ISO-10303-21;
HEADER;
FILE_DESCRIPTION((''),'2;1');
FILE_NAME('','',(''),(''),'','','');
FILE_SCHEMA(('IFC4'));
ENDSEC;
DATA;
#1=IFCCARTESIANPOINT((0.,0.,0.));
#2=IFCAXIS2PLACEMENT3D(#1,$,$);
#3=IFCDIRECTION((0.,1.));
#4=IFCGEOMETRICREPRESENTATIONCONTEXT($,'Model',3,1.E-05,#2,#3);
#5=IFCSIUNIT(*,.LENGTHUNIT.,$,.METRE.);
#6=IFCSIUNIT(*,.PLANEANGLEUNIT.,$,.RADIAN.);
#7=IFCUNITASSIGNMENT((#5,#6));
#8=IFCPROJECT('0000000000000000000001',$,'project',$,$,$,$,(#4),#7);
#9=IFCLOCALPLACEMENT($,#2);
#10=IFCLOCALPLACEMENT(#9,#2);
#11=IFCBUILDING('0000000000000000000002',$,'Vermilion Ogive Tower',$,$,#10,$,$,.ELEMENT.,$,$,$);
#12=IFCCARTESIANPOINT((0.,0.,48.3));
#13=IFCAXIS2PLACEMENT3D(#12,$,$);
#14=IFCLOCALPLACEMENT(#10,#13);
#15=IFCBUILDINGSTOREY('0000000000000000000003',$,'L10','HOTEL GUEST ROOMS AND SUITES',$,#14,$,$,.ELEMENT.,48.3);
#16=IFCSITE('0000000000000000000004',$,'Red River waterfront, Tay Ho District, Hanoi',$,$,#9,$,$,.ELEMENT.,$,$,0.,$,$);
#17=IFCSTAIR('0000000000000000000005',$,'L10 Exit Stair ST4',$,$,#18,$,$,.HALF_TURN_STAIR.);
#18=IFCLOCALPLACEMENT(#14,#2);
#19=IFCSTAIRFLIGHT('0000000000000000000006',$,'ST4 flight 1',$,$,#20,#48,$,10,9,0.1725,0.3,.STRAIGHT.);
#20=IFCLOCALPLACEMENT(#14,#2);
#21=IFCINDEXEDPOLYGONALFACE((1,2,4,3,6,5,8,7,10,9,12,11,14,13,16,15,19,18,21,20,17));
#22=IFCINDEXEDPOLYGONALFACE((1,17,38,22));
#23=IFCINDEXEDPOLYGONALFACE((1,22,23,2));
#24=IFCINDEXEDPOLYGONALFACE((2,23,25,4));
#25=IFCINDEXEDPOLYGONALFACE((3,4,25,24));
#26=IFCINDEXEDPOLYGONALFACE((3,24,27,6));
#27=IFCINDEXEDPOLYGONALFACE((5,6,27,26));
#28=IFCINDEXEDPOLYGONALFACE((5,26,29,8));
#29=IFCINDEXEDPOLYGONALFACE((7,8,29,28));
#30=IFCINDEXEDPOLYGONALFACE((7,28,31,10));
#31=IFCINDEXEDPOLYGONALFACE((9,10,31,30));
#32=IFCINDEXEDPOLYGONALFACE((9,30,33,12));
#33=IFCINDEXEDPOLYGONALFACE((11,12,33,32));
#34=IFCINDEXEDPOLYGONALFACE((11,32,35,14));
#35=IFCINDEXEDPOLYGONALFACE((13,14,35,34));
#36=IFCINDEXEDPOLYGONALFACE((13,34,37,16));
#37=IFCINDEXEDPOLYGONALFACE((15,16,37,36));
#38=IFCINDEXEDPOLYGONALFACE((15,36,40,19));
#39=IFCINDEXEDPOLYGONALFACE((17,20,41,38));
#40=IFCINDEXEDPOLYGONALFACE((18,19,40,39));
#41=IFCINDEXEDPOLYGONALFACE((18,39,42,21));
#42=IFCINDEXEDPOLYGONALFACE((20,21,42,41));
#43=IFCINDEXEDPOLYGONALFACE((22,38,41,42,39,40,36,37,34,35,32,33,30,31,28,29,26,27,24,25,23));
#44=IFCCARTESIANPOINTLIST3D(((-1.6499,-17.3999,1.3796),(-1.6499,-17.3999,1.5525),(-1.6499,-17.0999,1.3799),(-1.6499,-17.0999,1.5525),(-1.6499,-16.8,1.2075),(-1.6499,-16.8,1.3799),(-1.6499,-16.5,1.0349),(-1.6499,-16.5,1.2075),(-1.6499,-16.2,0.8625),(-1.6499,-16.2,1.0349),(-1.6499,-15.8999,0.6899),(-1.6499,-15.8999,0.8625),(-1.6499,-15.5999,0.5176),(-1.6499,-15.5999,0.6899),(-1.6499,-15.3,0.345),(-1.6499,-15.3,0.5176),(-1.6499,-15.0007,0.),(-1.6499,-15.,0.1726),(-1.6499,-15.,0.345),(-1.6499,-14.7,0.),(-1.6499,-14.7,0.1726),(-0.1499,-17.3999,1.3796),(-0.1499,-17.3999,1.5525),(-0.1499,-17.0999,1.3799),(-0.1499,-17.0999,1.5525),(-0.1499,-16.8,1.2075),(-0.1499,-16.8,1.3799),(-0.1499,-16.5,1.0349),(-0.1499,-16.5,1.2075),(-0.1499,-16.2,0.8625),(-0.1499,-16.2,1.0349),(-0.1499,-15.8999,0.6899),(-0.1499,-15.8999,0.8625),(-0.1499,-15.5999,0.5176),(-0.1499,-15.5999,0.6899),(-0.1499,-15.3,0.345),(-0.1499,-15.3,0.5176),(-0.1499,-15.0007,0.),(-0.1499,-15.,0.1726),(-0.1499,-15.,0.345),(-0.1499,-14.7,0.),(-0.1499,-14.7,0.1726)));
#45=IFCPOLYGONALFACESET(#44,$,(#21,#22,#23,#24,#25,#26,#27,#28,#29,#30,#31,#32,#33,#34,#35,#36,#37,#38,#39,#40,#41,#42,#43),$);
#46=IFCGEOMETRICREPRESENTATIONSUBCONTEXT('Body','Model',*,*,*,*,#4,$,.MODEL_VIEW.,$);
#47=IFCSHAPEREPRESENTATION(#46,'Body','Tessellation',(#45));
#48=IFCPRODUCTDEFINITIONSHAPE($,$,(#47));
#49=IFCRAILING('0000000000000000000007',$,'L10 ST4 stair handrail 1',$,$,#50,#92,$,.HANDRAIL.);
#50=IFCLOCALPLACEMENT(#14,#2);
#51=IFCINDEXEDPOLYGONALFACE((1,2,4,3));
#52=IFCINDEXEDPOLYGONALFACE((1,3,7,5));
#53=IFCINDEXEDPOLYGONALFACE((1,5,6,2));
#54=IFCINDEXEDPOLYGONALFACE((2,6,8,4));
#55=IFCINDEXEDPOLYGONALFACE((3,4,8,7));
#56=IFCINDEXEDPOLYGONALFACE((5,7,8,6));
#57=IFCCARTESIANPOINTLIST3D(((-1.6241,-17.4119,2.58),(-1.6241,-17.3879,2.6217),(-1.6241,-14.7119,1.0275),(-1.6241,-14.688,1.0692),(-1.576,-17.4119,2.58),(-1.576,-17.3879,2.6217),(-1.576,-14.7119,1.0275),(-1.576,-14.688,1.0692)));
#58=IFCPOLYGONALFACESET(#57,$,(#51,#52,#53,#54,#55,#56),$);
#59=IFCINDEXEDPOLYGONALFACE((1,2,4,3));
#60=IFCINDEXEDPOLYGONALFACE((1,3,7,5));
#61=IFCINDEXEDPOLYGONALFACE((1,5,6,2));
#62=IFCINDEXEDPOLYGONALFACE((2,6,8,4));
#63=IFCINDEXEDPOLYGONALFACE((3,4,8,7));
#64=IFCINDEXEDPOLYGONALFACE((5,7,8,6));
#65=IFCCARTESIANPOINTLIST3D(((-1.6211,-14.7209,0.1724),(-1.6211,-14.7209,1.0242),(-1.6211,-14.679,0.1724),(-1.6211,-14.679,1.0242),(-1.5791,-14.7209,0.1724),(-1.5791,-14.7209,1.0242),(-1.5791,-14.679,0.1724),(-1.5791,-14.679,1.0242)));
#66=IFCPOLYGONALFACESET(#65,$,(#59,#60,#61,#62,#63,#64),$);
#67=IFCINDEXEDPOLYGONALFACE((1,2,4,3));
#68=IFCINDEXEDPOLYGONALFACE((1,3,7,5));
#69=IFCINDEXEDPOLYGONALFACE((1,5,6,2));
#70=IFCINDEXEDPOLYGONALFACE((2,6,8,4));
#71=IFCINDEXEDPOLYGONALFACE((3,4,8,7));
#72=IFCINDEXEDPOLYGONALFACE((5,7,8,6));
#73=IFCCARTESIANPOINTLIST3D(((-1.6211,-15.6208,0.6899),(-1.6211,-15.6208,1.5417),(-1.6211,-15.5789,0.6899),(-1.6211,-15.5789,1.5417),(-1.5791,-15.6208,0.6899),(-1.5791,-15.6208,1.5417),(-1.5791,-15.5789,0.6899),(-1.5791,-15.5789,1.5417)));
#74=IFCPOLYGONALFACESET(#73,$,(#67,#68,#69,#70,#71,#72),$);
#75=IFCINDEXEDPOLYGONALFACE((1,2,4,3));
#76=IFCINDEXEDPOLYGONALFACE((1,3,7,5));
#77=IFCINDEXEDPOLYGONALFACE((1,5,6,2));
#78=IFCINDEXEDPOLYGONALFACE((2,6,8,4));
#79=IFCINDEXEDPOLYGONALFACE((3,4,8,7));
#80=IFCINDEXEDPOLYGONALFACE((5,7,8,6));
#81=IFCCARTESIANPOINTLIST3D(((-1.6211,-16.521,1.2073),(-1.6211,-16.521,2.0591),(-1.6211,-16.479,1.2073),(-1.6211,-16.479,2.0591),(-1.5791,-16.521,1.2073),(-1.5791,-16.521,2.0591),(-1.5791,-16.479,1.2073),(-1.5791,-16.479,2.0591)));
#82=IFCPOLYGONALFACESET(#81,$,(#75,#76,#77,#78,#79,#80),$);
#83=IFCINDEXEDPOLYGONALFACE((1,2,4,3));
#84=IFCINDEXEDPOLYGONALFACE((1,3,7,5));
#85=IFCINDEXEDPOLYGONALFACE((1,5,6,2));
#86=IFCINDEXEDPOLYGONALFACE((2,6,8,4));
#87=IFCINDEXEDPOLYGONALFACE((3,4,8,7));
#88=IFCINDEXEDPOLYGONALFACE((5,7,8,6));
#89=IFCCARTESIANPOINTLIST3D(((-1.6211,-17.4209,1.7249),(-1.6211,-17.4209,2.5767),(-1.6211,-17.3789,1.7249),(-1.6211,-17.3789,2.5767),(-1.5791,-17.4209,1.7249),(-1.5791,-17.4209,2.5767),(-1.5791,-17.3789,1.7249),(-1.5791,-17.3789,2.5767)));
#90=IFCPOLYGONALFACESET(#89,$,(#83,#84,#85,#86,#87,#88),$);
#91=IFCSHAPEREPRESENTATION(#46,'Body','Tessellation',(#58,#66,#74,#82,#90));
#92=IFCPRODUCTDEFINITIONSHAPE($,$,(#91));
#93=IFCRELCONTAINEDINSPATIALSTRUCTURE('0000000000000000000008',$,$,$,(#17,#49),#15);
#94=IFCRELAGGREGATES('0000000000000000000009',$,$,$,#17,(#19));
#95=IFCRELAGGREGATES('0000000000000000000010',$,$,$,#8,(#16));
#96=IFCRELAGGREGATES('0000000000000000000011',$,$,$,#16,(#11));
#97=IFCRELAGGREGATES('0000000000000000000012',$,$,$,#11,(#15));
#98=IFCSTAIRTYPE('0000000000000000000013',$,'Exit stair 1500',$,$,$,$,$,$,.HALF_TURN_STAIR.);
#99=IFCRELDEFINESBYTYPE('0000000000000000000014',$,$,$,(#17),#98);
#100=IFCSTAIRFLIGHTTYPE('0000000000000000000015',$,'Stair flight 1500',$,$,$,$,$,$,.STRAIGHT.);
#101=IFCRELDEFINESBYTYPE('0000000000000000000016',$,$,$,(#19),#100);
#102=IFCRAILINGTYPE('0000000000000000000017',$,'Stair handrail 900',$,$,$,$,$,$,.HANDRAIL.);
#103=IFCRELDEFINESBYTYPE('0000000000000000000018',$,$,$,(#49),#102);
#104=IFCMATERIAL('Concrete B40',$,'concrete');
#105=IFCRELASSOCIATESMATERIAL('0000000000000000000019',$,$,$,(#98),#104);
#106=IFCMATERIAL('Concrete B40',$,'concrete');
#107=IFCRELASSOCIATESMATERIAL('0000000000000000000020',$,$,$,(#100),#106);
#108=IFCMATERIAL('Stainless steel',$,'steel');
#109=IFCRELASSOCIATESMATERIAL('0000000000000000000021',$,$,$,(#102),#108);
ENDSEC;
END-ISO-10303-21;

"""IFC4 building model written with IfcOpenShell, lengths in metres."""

from ifc_helpers import new_model, si_unit, direction, frame, origin, origin_2d, place, context, subcontext, project, spatial, polyline, rectangle, outline, extrude, material, type_object, element, aggregate, save


model = new_model("IFC4")

# Units and contexts
model_context = context("Model", 3, precision=1e-05, world=origin(), true_north=direction((0.0, 1.0)))
body_context = subcontext(model_context, "Body", "Model", "MODEL_VIEW")
ifc_project = project(units=[si_unit("LENGTHUNIT", "METRE"), si_unit("PLANEANGLEUNIT", "RADIAN")], contexts=[model_context])

# Site, building, storey
site_placement = place(None, origin())
site = spatial("IfcSite", under=ifc_project, at=site_placement, Name="Red River waterfront, Tay Ho District, Hanoi", CompositionType="ELEMENT", RefElevation=0.0)
building_placement = place(site_placement, origin())
building = spatial("IfcBuilding", under=site, at=building_placement, Name="Vermilion Ogive Tower", CompositionType="ELEMENT")
storey_placement = place(building_placement, frame((0.0, 0.0, 48.3)))
storey = spatial("IfcBuildingStorey", under=building, at=storey_placement, Name="L10", Description="HOTEL GUEST ROOMS AND SUITES", CompositionType="ELEMENT", Elevation=48.3)

# Stair, stair flight
ifc_material_1 = material(Name="Concrete B40", Category="concrete")
stair_type = type_object("IfcStairType", Name="Exit stair 1500", PredefinedType="HALF_TURN_STAIR", material=ifc_material_1)
stair_placement = place(storey_placement, origin())
stair = element("IfcStair", 1, at=stair_placement, inside=storey, type_object=stair_type, Name="L10 Exit Stair ST4", PredefinedType="HALF_TURN_STAIR")
ifc_material_2 = material(Name="Concrete B40", Category="concrete")
stair_flight_type = type_object("IfcStairFlightType", Name="Stair flight 1500", PredefinedType="STRAIGHT", material=ifc_material_2)
stair_flight_placement = place(storey_placement, frame((-0.8999, -14.7, 0.0), z_axis=(0.0, 0.0, 1.0), x_axis=(0.0, -1.0, 0.0)))
stair_flight = element("IfcStairFlight", 2, at=stair_flight_placement, type_object=stair_flight_type, Name="ST4 flight 1", NumberOfRisers=10, NumberOfTreads=9, PredefinedType="STRAIGHT", RiserHeight=0.1725, TreadLength=0.3, context=body_context, shape_type="SweptSolid", body=[
    extrude(outline(polyline([(0.0, 0.0), (0.0, 0.1726), (0.3, 0.1726), (0.3, 0.345), (0.6001, 0.345), (0.6001, 0.5176), (0.8999, 0.5176), (0.8999, 0.6899), (1.2, 0.6899), (1.2, 0.8625), (1.5, 0.8625), (1.5, 1.0349), (1.8, 1.0349), (1.8, 1.2075), (2.1001, 1.2075), (2.1001, 1.3799), (2.3999, 1.3799), (2.3999, 1.5525), (2.7, 1.5525), (2.7, 1.7251), (2.7, 1.3796), (0.3008, 0.0), (0.0, 0.0)])), frame((0.0, 0.75, 0.0), z_axis=(0.0, -1.0, 0.0), x_axis=(1.0, 0.0, 0.0)), (0.0, 0.0, 1.0), 1.5),
])
aggregate(stair, [stair_flight])

# Railing
ifc_material_3 = material(Name="Stainless steel", Category="steel")
railing_type = type_object("IfcRailingType", Name="Stair handrail 900", PredefinedType="HANDRAIL", material=ifc_material_3)
railing_placement = place(storey_placement, frame((-1.6001, -14.7, 0.1724)))
element("IfcRailing", 3, at=railing_placement, inside=storey, type_object=railing_type, Name="L10 ST4 stair handrail 1", PredefinedType="HANDRAIL", context=body_context, shape_type="SweptSolid", body=[
    extrude(rectangle(XDim=0.0481, YDim=0.0481, at=origin_2d()), frame((0.0, 0.0, 0.876), z_axis=(0.0, -0.866904, 0.498476), x_axis=(1.0, 0.0, 0.0)), (0.0, 0.0, 1.0), 3.1145),
    extrude(rectangle(XDim=0.042, YDim=0.042, at=origin_2d()), origin(), (0.0, 0.0, 1.0), 0.8518),
    extrude(rectangle(XDim=0.042, YDim=0.042, at=origin_2d()), frame((0.0, -0.8999, 0.5176)), (0.0, 0.0, 1.0), 0.8518),
    extrude(rectangle(XDim=0.042, YDim=0.042, at=origin_2d()), frame((0.0, -1.8, 1.0349)), (0.0, 0.0, 1.0), 0.8518),
    extrude(rectangle(XDim=0.042, YDim=0.042, at=origin_2d()), frame((0.0, -2.7, 1.5525)), (0.0, 0.0, 1.0), 0.8518),
])

save(model, "model.ifc")
